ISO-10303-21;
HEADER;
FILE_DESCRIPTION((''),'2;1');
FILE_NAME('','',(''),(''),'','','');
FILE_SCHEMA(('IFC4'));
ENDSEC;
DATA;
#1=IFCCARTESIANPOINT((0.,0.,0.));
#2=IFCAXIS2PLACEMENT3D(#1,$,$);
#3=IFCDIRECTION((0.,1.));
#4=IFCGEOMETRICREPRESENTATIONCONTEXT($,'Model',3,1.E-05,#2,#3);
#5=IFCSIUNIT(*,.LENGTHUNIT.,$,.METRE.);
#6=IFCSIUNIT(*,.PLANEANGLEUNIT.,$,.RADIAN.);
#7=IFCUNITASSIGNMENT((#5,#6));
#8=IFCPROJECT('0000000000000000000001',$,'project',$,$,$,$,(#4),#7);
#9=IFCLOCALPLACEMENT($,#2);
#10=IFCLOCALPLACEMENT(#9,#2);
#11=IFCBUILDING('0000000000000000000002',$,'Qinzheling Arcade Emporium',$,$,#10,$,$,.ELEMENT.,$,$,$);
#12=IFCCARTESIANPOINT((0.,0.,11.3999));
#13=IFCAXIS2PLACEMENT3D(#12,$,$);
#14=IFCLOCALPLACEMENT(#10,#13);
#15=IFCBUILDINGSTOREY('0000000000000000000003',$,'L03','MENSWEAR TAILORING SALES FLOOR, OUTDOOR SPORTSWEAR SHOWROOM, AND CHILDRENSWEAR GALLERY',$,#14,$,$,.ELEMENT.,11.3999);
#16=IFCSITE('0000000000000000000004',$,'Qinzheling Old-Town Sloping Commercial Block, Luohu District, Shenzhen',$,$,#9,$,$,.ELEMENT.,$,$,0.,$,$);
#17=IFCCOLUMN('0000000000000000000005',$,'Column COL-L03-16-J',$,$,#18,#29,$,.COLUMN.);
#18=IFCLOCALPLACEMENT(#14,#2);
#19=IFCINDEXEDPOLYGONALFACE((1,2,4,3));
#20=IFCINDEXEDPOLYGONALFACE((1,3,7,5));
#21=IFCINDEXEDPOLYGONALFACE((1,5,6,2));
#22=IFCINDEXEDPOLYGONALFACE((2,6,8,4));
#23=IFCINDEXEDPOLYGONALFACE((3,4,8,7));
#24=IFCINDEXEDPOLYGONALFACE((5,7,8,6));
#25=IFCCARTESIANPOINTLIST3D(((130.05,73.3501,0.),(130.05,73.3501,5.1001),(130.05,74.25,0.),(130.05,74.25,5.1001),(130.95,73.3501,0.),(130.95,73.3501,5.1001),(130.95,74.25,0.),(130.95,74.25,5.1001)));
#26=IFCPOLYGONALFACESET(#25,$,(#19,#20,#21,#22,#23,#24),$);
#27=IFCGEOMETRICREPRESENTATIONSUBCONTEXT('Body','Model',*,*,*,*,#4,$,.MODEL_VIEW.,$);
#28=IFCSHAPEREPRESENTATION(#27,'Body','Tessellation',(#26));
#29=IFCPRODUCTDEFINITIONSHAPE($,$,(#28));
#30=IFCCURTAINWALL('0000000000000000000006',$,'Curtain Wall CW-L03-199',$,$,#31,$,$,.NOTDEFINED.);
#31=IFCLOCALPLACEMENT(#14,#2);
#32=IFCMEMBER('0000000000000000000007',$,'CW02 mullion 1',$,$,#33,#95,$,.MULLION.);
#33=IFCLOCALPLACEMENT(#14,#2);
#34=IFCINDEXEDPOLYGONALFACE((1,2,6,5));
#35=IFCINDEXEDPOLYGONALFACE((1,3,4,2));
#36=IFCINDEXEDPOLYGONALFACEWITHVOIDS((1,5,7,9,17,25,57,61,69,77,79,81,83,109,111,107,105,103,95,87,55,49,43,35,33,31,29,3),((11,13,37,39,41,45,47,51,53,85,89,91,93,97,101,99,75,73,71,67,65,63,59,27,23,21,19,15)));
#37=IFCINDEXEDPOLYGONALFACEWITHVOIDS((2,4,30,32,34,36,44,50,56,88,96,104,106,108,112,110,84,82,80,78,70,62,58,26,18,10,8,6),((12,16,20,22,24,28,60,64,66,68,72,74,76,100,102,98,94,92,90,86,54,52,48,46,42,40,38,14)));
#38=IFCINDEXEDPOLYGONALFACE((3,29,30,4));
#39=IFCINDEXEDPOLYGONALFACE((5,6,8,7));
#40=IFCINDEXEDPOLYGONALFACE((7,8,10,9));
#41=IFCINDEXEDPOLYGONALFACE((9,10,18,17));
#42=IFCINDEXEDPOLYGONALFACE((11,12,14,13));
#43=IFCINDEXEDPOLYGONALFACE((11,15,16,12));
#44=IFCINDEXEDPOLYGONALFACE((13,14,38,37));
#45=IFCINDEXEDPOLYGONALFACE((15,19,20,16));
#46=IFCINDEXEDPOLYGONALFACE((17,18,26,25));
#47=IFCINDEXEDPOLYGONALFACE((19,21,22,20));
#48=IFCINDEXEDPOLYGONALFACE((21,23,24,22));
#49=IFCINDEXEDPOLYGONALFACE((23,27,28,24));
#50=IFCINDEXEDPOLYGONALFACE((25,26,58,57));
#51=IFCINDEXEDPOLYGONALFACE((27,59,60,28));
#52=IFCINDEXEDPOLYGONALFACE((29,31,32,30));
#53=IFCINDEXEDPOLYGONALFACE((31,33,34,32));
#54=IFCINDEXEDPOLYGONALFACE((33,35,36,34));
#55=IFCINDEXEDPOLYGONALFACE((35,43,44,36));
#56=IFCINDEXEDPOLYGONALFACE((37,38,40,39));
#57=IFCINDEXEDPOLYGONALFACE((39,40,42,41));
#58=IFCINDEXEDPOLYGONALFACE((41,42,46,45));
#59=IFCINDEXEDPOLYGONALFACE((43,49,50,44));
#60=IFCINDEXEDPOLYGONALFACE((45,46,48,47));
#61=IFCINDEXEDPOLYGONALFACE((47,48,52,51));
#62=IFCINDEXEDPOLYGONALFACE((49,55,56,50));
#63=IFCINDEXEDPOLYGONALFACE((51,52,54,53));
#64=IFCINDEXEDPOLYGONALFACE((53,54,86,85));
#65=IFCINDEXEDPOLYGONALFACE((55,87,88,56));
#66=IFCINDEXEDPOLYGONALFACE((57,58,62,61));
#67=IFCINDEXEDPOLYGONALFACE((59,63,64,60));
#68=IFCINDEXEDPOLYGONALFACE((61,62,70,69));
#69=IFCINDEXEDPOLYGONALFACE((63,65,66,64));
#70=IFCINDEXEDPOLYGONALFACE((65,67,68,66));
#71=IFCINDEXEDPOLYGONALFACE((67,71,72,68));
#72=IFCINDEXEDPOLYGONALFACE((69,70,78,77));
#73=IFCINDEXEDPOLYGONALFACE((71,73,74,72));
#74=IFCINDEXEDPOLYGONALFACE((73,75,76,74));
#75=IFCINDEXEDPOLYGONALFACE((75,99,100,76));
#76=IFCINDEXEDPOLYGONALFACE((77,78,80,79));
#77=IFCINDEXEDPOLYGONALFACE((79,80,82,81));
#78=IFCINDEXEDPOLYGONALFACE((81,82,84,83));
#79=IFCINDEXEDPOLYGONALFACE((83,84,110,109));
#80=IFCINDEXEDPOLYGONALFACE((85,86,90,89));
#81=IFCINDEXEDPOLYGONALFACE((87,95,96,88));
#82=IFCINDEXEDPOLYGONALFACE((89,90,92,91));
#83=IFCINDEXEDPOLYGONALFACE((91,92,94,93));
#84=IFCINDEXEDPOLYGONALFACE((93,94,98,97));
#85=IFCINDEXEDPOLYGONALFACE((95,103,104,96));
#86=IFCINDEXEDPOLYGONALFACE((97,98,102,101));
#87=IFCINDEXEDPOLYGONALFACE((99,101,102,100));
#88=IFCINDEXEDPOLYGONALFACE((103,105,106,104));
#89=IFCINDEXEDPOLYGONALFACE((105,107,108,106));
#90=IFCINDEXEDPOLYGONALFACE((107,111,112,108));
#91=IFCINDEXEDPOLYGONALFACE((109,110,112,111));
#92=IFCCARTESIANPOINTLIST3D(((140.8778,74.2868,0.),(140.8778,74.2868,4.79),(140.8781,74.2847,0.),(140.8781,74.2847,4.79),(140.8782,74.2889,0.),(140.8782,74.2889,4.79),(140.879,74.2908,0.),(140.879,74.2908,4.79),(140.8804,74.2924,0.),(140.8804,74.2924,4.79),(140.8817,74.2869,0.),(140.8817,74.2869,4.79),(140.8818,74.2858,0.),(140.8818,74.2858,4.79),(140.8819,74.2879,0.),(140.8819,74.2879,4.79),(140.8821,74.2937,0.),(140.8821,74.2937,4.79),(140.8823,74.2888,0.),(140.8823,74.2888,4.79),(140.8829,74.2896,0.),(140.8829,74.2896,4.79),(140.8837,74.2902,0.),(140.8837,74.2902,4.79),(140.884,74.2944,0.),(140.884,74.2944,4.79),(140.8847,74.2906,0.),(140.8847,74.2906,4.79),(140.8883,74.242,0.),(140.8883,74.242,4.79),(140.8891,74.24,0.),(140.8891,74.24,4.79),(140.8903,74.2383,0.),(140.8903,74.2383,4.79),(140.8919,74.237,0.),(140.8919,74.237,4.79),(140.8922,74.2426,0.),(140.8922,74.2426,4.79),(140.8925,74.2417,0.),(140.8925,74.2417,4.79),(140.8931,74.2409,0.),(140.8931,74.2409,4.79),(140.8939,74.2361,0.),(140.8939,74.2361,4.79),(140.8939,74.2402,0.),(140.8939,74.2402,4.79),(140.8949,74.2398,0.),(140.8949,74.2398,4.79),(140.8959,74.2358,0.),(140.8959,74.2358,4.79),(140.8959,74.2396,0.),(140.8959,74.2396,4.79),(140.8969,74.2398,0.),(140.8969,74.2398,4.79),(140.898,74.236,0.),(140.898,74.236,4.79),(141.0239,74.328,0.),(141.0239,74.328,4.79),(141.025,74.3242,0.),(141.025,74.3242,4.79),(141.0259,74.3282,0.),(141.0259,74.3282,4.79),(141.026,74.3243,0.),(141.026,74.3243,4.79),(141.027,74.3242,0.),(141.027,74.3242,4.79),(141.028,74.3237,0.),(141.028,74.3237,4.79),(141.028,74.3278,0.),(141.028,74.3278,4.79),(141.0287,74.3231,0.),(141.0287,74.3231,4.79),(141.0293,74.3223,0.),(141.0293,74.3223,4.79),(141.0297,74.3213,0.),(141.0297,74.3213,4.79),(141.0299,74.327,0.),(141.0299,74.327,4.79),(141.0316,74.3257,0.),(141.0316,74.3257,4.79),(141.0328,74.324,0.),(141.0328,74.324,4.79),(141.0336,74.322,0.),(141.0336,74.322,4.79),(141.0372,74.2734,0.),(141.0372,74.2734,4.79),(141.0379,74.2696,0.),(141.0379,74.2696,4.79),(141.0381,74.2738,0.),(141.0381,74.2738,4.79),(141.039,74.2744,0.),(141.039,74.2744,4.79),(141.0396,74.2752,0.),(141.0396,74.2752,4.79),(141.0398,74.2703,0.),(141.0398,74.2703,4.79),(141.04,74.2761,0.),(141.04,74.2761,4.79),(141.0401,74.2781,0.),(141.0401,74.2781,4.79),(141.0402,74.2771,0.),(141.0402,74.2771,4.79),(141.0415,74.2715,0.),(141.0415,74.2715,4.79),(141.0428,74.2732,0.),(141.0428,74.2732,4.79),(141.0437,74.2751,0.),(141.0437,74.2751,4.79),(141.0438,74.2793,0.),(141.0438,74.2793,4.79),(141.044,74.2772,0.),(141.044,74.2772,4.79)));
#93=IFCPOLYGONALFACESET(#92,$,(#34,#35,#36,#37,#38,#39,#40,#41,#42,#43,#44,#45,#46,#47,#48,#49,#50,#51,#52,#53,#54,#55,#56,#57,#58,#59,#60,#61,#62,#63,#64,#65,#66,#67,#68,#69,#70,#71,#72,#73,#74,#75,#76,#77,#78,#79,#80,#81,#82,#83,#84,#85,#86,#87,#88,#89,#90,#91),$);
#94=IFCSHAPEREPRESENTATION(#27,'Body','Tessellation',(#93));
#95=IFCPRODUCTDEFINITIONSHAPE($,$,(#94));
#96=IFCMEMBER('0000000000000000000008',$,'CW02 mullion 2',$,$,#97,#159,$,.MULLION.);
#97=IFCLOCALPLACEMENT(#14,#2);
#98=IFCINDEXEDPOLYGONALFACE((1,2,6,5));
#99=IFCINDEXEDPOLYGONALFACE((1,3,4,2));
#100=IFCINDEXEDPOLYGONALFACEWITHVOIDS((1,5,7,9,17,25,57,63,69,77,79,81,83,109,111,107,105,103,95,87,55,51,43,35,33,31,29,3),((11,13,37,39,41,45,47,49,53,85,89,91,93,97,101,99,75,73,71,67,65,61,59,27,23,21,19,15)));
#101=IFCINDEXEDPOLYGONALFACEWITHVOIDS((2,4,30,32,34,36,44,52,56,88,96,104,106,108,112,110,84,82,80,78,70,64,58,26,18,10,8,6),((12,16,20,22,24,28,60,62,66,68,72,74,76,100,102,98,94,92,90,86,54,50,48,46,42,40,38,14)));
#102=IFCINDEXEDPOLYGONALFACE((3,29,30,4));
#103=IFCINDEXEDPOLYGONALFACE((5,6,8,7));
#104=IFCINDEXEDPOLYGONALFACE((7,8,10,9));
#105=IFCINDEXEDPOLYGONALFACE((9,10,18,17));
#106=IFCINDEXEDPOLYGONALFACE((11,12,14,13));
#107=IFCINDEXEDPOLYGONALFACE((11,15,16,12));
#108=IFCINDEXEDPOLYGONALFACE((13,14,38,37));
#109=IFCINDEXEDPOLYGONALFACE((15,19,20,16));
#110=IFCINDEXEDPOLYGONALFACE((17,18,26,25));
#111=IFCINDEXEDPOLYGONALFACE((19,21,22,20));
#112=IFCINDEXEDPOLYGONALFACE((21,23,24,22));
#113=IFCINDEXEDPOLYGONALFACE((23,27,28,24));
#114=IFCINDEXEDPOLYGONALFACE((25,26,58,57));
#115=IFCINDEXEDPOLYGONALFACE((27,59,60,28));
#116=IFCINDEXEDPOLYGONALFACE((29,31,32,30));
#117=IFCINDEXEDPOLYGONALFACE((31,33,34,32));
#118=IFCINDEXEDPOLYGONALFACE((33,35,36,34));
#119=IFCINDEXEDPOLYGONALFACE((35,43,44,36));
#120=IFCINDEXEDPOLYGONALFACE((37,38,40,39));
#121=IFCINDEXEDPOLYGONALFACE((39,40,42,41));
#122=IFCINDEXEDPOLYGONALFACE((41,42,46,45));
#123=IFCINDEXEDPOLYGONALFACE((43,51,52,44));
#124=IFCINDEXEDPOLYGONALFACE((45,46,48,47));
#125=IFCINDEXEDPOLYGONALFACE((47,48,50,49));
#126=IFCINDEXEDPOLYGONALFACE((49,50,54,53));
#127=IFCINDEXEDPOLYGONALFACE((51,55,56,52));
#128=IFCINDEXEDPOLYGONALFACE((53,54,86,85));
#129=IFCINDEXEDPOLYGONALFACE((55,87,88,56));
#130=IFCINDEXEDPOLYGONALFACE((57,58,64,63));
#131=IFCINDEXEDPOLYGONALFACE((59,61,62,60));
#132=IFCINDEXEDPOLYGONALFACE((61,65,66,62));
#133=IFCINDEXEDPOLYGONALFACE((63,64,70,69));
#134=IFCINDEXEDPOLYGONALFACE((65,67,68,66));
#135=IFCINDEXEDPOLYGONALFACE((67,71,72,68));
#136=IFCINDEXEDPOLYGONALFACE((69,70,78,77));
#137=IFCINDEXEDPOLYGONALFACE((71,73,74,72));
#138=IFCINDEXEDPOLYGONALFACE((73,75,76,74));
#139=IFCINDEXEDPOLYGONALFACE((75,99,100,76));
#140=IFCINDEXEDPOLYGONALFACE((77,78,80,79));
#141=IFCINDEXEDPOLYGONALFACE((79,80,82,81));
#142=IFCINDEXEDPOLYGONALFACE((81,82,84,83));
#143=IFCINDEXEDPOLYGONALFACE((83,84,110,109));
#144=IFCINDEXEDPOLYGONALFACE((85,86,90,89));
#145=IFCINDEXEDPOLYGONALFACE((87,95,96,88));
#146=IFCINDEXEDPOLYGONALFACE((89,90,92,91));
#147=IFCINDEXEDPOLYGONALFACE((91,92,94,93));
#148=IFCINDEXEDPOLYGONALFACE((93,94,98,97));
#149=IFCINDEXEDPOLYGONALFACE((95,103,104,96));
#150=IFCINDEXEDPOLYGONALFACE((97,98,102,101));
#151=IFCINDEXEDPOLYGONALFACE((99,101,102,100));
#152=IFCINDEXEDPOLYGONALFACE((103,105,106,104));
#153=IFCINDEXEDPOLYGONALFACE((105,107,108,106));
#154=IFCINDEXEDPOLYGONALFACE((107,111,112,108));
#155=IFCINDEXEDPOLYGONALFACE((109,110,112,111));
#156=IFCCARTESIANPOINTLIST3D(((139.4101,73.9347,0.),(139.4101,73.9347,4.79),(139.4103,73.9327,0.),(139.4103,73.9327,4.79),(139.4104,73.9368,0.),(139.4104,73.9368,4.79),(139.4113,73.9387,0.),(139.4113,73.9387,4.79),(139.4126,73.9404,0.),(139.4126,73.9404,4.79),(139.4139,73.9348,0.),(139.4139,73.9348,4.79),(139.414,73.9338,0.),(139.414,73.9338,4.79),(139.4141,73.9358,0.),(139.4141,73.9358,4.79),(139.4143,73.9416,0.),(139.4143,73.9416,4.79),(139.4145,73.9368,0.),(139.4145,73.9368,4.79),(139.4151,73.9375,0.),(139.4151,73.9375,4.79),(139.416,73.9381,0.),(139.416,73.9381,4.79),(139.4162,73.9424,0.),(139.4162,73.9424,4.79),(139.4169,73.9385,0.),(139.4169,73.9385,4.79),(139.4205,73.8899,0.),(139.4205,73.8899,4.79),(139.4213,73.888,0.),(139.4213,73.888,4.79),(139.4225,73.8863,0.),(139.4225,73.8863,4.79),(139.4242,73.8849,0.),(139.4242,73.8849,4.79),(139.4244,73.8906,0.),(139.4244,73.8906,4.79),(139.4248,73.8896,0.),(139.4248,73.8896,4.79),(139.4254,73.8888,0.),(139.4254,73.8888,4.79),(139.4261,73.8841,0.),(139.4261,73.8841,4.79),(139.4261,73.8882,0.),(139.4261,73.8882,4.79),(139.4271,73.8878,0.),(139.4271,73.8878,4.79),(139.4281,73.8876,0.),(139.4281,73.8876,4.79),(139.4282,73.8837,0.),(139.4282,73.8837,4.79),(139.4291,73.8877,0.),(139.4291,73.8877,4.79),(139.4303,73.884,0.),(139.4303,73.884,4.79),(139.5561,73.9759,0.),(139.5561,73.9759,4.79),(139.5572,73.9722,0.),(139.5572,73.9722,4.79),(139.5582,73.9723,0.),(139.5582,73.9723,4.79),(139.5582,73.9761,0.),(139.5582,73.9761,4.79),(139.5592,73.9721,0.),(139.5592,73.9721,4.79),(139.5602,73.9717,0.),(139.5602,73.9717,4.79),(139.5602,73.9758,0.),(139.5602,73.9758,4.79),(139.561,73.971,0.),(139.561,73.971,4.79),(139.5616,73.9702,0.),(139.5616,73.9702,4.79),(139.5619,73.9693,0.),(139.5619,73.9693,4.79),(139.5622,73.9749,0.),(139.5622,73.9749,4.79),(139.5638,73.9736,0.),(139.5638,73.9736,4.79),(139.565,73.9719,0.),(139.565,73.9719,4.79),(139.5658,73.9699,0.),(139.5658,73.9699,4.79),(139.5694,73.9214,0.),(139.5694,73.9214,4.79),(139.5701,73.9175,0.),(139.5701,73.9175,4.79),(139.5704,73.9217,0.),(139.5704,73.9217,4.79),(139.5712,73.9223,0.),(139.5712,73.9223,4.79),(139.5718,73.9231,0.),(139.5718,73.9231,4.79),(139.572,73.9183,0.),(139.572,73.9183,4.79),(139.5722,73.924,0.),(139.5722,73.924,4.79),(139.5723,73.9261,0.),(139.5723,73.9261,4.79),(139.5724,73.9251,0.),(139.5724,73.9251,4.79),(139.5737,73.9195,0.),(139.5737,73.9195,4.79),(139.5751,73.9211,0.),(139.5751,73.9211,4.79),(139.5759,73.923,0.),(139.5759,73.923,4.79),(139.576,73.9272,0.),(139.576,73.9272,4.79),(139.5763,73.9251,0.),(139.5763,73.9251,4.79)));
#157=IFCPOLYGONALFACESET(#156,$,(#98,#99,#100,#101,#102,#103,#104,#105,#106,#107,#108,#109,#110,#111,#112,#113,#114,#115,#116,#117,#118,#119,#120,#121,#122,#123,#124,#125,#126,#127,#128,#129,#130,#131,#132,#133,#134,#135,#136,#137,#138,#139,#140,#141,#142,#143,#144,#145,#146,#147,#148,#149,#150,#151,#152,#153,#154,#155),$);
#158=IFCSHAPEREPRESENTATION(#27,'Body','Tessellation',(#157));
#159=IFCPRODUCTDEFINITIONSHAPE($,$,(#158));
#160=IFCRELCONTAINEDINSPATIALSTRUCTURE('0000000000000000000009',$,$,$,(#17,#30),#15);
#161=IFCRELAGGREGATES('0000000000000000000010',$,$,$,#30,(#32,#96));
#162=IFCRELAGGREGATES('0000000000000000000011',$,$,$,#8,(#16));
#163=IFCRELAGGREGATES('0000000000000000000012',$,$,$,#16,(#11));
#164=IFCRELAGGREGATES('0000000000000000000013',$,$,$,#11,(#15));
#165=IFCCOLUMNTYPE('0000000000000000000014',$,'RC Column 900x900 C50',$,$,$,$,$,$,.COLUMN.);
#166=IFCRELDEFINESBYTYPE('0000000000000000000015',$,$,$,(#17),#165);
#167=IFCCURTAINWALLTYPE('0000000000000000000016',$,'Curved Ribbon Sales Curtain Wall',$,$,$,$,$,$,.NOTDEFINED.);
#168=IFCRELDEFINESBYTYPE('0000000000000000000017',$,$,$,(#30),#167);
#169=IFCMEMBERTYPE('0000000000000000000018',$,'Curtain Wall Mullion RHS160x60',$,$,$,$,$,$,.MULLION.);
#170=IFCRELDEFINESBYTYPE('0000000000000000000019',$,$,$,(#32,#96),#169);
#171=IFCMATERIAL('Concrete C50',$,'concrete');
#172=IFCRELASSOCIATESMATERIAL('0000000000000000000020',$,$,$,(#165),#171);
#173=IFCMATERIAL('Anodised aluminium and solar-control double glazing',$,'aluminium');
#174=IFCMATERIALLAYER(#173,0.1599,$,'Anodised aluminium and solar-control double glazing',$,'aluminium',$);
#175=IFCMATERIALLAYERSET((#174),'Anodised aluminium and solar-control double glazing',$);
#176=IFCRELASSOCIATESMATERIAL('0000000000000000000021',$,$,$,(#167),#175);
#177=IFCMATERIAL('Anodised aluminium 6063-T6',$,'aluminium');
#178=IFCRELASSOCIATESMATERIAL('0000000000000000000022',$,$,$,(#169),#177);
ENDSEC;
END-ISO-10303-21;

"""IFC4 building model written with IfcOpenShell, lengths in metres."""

from ifc_helpers import new_model, si_unit, direction, frame, origin, origin_2d, place, context, subcontext, project, spatial, rectangle, hollow_rectangle, extrude, material, layer, layer_set, material_profile, profile_set, type_object, element, aggregate, save


model = new_model("IFC4")

# Units and contexts
model_context = context("Model", 3, precision=1e-05, world=origin(), true_north=direction((0.0, 1.0)))
body_context = subcontext(model_context, "Body", "Model", "MODEL_VIEW")
ifc_project = project(units=[si_unit("LENGTHUNIT", "METRE"), si_unit("PLANEANGLEUNIT", "RADIAN")], contexts=[model_context])

# Site, building, storey
site_placement = place(None, origin())
site = spatial("IfcSite", under=ifc_project, at=site_placement, Name="Qinzheling Old-Town Sloping Commercial Block, Luohu District, Shenzhen", CompositionType="ELEMENT", RefElevation=0.0)
building_placement = place(site_placement, origin())
building = spatial("IfcBuilding", under=site, at=building_placement, Name="Qinzheling Arcade Emporium", CompositionType="ELEMENT")
storey_placement = place(building_placement, frame((0.0, 0.0, 11.3999)))
storey = spatial("IfcBuildingStorey", under=building, at=storey_placement, Name="L03", Description="MENSWEAR TAILORING SALES FLOOR, OUTDOOR SPORTSWEAR SHOWROOM, AND CHILDRENSWEAR GALLERY", CompositionType="ELEMENT", Elevation=11.3999)

# Column
ifc_material_1 = material(Name="Concrete C50", Category="concrete")
ifc_material_profile_1 = material_profile(ifc_material_1, rectangle(XDim=0.8999, YDim=0.8999, at=origin_2d()), Name="RC 900x900", Category="concrete")
ifc_profile_set_1 = profile_set([ifc_material_profile_1], Name="Concrete C50")
column_type = type_object("IfcColumnType", Name="RC Column 900x900 C50", PredefinedType="COLUMN", material=ifc_profile_set_1)
column_placement = place(storey_placement, frame((130.5, 73.8, 0.0), z_axis=(0.0, 0.0, 1.0), x_axis=(1.0, 0.0, 0.0)))
element("IfcColumn", 1, at=column_placement, inside=storey, type_object=column_type, Name="Column COL-L03-16-J", PredefinedType="COLUMN", context=body_context, shape_type="SweptSolid", body=[
    extrude(rectangle(XDim=0.8999, YDim=0.8999, at=origin_2d()), origin(), (0.0, 0.0, 1.0), 5.1001),
])

# Curtain wall, members
ifc_material_2 = material(Name="Anodised aluminium and solar-control double glazing", Category="aluminium")
ifc_layer_1 = layer(ifc_material_2, 0.1599, Name="Anodised aluminium and solar-control double glazing", Category="aluminium")
ifc_layer_set_1 = layer_set([ifc_layer_1], Name="Anodised aluminium and solar-control double glazing")
curtain_wall_type_1 = type_object("IfcCurtainWallType", Name="Curved Ribbon Sales Curtain Wall", PredefinedType="NOTDEFINED", material=ifc_layer_set_1)
curtain_wall_1_placement = place(storey_placement, origin())
curtain_wall_1 = element("IfcCurtainWall", 2, at=curtain_wall_1_placement, inside=storey, type_object=curtain_wall_type_1, Name="Curtain Wall CW-L03-199", PredefinedType="NOTDEFINED")
ifc_material_3 = material(Name="Anodised aluminium 6063-T6", Category="aluminium")
ifc_material_profile_2 = material_profile(ifc_material_3, hollow_rectangle(XDim=0.0601, YDim=0.1599, WallThickness=0.0039, InnerFilletRadius=0.0039, OuterFilletRadius=0.0081, at=origin_2d()), Name="RHS 160x60x4", Category="aluminium")
ifc_profile_set_2 = profile_set([ifc_material_profile_2], Name="Anodised aluminium 6063-T6")
member_type_1 = type_object("IfcMemberType", Name="Curtain Wall Mullion RHS160x60", PredefinedType="MULLION", material=ifc_profile_set_2)
member_1_placement = place(storey_placement, frame((140.9609, 74.282, 0.0), z_axis=(0.0, 0.0, 1.0), x_axis=(0.233228, -0.972422, 0.0)))
member_1 = element("IfcMember", 3, at=member_1_placement, type_object=member_type_1, Name="CW02 mullion 1", PredefinedType="MULLION", context=body_context, shape_type="SweptSolid", body=[
    extrude(hollow_rectangle(XDim=0.0601, YDim=0.1599, WallThickness=0.0039, InnerFilletRadius=0.0039, OuterFilletRadius=0.0081, at=origin_2d()), origin(), (0.0, 0.0, 1.0), 4.79),
])
member_2_placement = place(storey_placement, frame((139.4932, 73.9299, 0.0), z_axis=(0.0, 0.0, 1.0), x_axis=(0.233228, -0.972422, 0.0)))
member_2 = element("IfcMember", 4, at=member_2_placement, type_object=member_type_1, Name="CW02 mullion 2", PredefinedType="MULLION", context=body_context, shape_type="SweptSolid", body=[
    extrude(hollow_rectangle(XDim=0.0601, YDim=0.1599, WallThickness=0.0039, InnerFilletRadius=0.0039, OuterFilletRadius=0.0081, at=origin_2d()), origin(), (0.0, 0.0, 1.0), 4.79),
])

aggregate(curtain_wall_1, [member_1, member_2])

save(model, "model.ifc")
